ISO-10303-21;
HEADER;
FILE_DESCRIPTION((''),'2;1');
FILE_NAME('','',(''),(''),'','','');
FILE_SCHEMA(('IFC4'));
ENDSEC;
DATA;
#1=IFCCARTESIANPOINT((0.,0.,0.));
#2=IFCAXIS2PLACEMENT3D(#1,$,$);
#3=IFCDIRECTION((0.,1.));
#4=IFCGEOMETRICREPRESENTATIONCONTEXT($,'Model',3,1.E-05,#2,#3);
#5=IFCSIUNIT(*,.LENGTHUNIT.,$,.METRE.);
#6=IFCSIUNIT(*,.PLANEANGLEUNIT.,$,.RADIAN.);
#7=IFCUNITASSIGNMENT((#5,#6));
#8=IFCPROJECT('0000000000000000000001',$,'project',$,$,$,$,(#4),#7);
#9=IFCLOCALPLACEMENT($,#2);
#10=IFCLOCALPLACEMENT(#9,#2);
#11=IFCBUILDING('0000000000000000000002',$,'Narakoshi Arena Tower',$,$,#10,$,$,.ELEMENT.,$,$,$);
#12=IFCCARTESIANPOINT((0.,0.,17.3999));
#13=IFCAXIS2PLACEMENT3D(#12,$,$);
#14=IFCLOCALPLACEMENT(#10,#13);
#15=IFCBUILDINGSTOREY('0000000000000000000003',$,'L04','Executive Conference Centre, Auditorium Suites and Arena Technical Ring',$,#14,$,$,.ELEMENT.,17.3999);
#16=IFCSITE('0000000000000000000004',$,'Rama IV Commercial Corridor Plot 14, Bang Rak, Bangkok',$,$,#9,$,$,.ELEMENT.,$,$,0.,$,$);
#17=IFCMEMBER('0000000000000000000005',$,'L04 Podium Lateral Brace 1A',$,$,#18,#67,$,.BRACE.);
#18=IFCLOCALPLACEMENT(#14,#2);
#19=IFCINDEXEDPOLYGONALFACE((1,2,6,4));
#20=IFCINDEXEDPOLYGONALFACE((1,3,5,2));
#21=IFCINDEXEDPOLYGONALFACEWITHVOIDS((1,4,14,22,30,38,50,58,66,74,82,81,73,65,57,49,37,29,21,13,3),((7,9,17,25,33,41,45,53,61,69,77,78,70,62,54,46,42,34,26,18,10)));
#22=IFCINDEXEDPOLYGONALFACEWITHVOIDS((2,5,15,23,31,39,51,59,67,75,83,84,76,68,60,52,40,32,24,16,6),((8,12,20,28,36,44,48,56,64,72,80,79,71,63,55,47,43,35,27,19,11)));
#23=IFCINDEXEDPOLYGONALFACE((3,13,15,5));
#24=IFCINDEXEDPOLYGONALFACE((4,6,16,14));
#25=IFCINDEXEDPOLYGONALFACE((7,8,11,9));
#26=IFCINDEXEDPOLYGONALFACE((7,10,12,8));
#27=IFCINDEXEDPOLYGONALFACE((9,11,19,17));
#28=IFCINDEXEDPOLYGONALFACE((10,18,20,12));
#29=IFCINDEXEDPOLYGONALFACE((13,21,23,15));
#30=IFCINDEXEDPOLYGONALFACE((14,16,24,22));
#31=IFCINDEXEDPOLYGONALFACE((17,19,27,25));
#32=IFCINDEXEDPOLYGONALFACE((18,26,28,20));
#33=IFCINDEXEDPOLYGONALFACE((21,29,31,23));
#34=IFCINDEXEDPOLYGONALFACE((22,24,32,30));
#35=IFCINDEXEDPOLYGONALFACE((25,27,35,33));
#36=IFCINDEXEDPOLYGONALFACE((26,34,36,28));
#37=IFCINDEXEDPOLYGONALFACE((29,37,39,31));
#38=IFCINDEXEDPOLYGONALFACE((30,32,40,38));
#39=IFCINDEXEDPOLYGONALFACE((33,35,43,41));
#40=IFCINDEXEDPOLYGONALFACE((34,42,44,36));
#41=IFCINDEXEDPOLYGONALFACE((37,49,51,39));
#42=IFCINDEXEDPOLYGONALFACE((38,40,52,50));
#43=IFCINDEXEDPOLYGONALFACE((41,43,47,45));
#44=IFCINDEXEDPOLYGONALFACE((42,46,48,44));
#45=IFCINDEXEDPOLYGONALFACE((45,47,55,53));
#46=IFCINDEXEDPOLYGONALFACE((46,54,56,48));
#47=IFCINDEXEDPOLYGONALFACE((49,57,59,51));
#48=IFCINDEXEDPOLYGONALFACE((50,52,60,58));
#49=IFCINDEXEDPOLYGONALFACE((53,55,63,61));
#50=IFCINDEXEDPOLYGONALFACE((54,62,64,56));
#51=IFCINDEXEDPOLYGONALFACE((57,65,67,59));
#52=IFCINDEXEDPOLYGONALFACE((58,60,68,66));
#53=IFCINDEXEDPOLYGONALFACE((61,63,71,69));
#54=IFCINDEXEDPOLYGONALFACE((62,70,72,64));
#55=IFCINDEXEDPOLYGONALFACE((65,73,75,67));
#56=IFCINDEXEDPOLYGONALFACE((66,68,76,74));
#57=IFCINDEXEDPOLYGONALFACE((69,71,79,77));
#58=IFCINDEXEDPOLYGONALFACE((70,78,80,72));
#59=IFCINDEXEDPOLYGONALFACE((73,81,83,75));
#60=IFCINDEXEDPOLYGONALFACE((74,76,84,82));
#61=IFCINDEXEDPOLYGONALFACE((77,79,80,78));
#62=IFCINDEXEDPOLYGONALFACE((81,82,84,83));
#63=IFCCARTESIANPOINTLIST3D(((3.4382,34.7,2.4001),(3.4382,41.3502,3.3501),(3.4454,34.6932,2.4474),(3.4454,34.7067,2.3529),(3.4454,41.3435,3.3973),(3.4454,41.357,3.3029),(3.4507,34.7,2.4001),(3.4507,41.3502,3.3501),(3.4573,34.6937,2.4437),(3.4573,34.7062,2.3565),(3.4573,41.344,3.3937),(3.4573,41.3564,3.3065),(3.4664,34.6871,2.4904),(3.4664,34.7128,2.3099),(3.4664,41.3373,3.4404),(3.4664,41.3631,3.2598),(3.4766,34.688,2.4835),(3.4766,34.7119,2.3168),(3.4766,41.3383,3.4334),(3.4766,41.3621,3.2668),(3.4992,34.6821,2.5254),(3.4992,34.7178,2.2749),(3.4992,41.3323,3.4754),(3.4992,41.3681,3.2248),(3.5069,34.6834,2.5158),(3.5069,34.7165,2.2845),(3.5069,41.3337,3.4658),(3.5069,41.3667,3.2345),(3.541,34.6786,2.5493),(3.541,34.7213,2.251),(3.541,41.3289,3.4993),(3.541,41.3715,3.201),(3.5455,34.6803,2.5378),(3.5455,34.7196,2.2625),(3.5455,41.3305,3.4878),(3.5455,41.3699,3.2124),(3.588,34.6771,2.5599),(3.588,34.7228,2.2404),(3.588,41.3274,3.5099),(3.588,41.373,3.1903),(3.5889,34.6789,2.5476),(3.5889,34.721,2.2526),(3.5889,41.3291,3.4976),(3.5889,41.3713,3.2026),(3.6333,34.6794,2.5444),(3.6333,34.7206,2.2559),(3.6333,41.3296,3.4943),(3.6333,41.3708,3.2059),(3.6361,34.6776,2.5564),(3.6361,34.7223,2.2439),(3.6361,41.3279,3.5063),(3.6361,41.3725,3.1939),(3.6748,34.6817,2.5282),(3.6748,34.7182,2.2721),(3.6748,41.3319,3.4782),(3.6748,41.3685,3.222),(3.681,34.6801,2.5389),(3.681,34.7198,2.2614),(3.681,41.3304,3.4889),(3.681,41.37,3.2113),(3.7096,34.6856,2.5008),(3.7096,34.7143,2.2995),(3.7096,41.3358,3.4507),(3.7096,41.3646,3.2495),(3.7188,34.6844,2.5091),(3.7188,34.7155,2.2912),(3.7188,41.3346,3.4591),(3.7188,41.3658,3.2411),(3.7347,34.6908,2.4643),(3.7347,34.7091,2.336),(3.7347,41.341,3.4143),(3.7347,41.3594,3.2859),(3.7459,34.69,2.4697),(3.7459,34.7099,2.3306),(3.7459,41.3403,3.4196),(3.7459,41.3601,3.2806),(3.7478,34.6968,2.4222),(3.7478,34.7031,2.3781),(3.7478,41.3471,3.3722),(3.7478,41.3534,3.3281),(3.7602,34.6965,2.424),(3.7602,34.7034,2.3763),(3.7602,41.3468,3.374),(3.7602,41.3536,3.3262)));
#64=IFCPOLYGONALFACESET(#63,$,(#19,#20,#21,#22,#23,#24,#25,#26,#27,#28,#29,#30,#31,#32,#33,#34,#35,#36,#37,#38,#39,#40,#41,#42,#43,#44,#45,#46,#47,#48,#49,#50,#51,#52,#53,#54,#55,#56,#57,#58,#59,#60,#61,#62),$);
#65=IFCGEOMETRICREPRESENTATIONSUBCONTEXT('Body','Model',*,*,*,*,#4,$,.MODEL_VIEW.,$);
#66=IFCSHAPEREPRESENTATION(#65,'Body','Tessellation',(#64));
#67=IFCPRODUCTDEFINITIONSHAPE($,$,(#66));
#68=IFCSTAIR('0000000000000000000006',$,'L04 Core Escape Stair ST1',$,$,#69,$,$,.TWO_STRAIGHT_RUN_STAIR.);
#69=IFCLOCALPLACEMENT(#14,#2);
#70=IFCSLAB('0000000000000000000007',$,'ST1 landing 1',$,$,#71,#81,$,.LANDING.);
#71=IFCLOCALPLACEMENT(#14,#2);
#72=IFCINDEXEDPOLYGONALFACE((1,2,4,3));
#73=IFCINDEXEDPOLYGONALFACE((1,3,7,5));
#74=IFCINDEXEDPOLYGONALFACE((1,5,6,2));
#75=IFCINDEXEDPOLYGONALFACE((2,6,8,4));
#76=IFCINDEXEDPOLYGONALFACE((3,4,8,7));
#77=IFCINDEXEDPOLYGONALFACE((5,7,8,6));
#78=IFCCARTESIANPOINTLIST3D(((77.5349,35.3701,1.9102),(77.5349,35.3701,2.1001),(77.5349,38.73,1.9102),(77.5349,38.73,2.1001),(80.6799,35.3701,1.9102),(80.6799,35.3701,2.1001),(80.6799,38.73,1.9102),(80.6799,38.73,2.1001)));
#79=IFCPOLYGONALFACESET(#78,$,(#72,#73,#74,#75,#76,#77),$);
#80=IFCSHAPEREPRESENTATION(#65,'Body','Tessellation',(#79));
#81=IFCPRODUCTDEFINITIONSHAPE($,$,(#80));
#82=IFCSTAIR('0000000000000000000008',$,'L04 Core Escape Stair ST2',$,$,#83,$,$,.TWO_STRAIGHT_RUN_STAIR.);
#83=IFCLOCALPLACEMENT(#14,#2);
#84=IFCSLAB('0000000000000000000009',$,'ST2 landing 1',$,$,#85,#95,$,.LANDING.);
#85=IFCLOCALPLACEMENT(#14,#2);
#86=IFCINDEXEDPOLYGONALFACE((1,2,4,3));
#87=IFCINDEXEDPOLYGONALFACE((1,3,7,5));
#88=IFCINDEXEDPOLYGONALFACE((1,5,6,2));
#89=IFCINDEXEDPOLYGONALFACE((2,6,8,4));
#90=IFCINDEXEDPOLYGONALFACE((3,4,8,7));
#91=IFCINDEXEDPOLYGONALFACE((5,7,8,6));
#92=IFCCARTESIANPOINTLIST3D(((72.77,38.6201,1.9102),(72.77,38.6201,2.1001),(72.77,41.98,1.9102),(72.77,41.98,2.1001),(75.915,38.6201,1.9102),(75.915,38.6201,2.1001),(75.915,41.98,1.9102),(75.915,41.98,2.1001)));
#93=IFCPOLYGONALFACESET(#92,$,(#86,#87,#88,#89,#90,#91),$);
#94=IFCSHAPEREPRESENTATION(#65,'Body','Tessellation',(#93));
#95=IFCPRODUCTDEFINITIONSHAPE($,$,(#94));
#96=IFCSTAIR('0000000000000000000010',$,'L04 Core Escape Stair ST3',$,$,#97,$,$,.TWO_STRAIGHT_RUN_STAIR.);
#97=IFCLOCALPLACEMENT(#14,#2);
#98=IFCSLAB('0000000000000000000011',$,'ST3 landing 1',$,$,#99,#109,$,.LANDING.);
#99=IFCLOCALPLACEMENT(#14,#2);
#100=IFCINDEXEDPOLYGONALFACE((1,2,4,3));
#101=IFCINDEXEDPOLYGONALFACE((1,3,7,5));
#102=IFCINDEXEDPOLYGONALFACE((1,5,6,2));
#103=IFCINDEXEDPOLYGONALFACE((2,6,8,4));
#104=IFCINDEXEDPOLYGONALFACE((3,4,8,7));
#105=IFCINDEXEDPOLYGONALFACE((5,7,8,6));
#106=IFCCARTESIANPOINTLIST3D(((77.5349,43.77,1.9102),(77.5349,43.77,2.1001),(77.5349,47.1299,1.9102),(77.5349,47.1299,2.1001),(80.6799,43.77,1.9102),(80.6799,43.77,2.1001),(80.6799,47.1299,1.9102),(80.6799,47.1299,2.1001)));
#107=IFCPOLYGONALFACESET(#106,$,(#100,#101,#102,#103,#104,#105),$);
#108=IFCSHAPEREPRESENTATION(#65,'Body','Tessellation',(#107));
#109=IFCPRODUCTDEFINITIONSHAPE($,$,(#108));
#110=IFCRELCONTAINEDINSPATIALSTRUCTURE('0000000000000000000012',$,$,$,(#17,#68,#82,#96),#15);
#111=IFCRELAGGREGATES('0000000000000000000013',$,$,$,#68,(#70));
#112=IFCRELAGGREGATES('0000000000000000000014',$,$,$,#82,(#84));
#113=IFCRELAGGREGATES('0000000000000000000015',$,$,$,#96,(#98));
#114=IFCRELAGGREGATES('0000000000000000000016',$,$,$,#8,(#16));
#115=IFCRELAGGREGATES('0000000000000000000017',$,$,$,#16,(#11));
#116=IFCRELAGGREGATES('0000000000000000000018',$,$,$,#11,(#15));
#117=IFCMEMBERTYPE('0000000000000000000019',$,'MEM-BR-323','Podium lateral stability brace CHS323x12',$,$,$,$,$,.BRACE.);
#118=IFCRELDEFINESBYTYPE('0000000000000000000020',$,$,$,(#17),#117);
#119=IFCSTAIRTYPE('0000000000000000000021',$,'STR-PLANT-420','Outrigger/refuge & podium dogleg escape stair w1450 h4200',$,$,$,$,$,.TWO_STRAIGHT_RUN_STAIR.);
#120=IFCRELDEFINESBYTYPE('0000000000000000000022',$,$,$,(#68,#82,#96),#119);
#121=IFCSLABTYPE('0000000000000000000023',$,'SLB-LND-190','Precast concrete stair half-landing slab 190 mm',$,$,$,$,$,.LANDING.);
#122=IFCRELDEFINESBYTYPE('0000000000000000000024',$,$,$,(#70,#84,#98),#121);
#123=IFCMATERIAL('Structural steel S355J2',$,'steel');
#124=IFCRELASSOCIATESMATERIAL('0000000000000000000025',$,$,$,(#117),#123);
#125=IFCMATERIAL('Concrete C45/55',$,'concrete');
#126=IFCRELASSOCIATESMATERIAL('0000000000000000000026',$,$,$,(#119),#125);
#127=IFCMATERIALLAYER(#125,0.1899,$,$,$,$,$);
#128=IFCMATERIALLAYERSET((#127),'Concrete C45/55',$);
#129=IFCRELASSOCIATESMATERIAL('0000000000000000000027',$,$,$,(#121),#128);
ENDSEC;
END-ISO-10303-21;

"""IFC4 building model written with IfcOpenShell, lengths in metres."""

from ifc_helpers import new_model, si_unit, direction, frame, origin, origin_2d, place, context, subcontext, project, spatial, polyline, hollow_circle, outline, extrude, material, layer, layer_set, material_profile, profile_set, type_object, element, aggregate, save


model = new_model("IFC4")

# Units and contexts
model_context = context("Model", 3, precision=1e-05, world=origin(), true_north=direction((0.0, 1.0)))
body_context = subcontext(model_context, "Body", "Model", "MODEL_VIEW")
ifc_project = project(units=[si_unit("LENGTHUNIT", "METRE"), si_unit("PLANEANGLEUNIT", "RADIAN")], contexts=[model_context])

# Site, building, storey
site_placement = place(None, origin())
site = spatial("IfcSite", under=ifc_project, at=site_placement, Name="Rama IV Commercial Corridor Plot 14, Bang Rak, Bangkok", CompositionType="ELEMENT", RefElevation=0.0)
building_placement = place(site_placement, origin())
building = spatial("IfcBuilding", under=site, at=building_placement, Name="Narakoshi Arena Tower", CompositionType="ELEMENT")
storey_placement = place(building_placement, frame((0.0, 0.0, 17.3999)))
storey = spatial("IfcBuildingStorey", under=building, at=storey_placement, Name="L04", Description="Executive Conference Centre, Auditorium Suites and Arena Technical Ring", CompositionType="ELEMENT", Elevation=17.3999)

# Shared definitions
ifc_material_1 = material(Name="Structural steel S355J2", Category="steel")

# Member
ifc_material_profile_1 = material_profile(ifc_material_1, hollow_circle(Radius=0.1619, WallThickness=0.0125, at=origin_2d()), Name="CHS323x12")
ifc_profile_set_1 = profile_set([ifc_material_profile_1], Name="Structural steel S355J2")
member_type = type_object("IfcMemberType", Name="MEM-BR-323", Description="Podium lateral stability brace CHS323x12", PredefinedType="BRACE", material=ifc_profile_set_1)
member_placement = place(storey_placement, frame((3.6001, 34.7, 2.4001), z_axis=(0.0, 0.989951, 0.141411), x_axis=(-1.0, 0.0, 0.0)))
element("IfcMember", 1, at=member_placement, inside=storey, type_object=member_type, Name="L04 Podium Lateral Brace 1A", PredefinedType="BRACE", context=body_context, shape_type="SweptSolid", body=[
    extrude(hollow_circle(Radius=0.1619, WallThickness=0.0125, at=origin_2d()), origin(), (0.0, 0.0, 1.0), 6.7178),
])

# Stairs, slabs
ifc_material_2 = material(Name="Concrete C45/55", Category="concrete")
stair_type = type_object("IfcStairType", Name="STR-PLANT-420", Description="Outrigger/refuge & podium dogleg escape stair w1450 h4200", PredefinedType="TWO_STRAIGHT_RUN_STAIR", material=ifc_material_2)
stair_1_placement = place(storey_placement, origin())
stair_1 = element("IfcStair", 2, at=stair_1_placement, inside=storey, type_object=stair_type, Name="L04 Core Escape Stair ST1", PredefinedType="TWO_STRAIGHT_RUN_STAIR")
ifc_layer_1 = layer(ifc_material_2, 0.1899)
ifc_layer_set_1 = layer_set([ifc_layer_1], Name="Concrete C45/55")
slab_type_1 = type_object("IfcSlabType", Name="SLB-LND-190", Description="Precast concrete stair half-landing slab 190 mm", PredefinedType="LANDING", material=ifc_layer_set_1)
slab_1_placement = place(storey_placement, frame((0.0, 0.0, 1.9102)))
slab_1 = element("IfcSlab", 3, at=slab_1_placement, type_object=slab_type_1, Name="ST1 landing 1", PredefinedType="LANDING", context=body_context, shape_type="SweptSolid", body=[
    extrude(outline(polyline([(77.5349, 35.3701), (80.6799, 35.3701), (80.6799, 38.73), (77.5349, 38.73), (77.5349, 35.3701)])), origin(), (0.0, 0.0, 1.0), 0.1899),
])
aggregate(stair_1, [slab_1])
stair_2_placement = place(storey_placement, origin())
stair_2 = element("IfcStair", 4, at=stair_2_placement, inside=storey, type_object=stair_type, Name="L04 Core Escape Stair ST2", PredefinedType="TWO_STRAIGHT_RUN_STAIR")
slab_2_placement = place(storey_placement, frame((0.0, 0.0, 1.9102)))
slab_2 = element("IfcSlab", 5, at=slab_2_placement, type_object=slab_type_1, Name="ST2 landing 1", PredefinedType="LANDING", context=body_context, shape_type="SweptSolid", body=[
    extrude(outline(polyline([(72.77, 38.6201), (75.915, 38.6201), (75.915, 41.98), (72.77, 41.98), (72.77, 38.6201)])), origin(), (0.0, 0.0, 1.0), 0.1899),
])
aggregate(stair_2, [slab_2])
stair_3_placement = place(storey_placement, origin())
stair_3 = element("IfcStair", 6, at=stair_3_placement, inside=storey, type_object=stair_type, Name="L04 Core Escape Stair ST3", PredefinedType="TWO_STRAIGHT_RUN_STAIR")
slab_3_placement = place(storey_placement, frame((0.0, 0.0, 1.9102)))
slab_3 = element("IfcSlab", 7, at=slab_3_placement, type_object=slab_type_1, Name="ST3 landing 1", PredefinedType="LANDING", context=body_context, shape_type="SweptSolid", body=[
    extrude(outline(polyline([(77.5349, 43.77), (80.6799, 43.77), (80.6799, 47.1299), (77.5349, 47.1299), (77.5349, 43.77)])), origin(), (0.0, 0.0, 1.0), 0.1899),
])
aggregate(stair_3, [slab_3])

save(model, "model.ifc")
